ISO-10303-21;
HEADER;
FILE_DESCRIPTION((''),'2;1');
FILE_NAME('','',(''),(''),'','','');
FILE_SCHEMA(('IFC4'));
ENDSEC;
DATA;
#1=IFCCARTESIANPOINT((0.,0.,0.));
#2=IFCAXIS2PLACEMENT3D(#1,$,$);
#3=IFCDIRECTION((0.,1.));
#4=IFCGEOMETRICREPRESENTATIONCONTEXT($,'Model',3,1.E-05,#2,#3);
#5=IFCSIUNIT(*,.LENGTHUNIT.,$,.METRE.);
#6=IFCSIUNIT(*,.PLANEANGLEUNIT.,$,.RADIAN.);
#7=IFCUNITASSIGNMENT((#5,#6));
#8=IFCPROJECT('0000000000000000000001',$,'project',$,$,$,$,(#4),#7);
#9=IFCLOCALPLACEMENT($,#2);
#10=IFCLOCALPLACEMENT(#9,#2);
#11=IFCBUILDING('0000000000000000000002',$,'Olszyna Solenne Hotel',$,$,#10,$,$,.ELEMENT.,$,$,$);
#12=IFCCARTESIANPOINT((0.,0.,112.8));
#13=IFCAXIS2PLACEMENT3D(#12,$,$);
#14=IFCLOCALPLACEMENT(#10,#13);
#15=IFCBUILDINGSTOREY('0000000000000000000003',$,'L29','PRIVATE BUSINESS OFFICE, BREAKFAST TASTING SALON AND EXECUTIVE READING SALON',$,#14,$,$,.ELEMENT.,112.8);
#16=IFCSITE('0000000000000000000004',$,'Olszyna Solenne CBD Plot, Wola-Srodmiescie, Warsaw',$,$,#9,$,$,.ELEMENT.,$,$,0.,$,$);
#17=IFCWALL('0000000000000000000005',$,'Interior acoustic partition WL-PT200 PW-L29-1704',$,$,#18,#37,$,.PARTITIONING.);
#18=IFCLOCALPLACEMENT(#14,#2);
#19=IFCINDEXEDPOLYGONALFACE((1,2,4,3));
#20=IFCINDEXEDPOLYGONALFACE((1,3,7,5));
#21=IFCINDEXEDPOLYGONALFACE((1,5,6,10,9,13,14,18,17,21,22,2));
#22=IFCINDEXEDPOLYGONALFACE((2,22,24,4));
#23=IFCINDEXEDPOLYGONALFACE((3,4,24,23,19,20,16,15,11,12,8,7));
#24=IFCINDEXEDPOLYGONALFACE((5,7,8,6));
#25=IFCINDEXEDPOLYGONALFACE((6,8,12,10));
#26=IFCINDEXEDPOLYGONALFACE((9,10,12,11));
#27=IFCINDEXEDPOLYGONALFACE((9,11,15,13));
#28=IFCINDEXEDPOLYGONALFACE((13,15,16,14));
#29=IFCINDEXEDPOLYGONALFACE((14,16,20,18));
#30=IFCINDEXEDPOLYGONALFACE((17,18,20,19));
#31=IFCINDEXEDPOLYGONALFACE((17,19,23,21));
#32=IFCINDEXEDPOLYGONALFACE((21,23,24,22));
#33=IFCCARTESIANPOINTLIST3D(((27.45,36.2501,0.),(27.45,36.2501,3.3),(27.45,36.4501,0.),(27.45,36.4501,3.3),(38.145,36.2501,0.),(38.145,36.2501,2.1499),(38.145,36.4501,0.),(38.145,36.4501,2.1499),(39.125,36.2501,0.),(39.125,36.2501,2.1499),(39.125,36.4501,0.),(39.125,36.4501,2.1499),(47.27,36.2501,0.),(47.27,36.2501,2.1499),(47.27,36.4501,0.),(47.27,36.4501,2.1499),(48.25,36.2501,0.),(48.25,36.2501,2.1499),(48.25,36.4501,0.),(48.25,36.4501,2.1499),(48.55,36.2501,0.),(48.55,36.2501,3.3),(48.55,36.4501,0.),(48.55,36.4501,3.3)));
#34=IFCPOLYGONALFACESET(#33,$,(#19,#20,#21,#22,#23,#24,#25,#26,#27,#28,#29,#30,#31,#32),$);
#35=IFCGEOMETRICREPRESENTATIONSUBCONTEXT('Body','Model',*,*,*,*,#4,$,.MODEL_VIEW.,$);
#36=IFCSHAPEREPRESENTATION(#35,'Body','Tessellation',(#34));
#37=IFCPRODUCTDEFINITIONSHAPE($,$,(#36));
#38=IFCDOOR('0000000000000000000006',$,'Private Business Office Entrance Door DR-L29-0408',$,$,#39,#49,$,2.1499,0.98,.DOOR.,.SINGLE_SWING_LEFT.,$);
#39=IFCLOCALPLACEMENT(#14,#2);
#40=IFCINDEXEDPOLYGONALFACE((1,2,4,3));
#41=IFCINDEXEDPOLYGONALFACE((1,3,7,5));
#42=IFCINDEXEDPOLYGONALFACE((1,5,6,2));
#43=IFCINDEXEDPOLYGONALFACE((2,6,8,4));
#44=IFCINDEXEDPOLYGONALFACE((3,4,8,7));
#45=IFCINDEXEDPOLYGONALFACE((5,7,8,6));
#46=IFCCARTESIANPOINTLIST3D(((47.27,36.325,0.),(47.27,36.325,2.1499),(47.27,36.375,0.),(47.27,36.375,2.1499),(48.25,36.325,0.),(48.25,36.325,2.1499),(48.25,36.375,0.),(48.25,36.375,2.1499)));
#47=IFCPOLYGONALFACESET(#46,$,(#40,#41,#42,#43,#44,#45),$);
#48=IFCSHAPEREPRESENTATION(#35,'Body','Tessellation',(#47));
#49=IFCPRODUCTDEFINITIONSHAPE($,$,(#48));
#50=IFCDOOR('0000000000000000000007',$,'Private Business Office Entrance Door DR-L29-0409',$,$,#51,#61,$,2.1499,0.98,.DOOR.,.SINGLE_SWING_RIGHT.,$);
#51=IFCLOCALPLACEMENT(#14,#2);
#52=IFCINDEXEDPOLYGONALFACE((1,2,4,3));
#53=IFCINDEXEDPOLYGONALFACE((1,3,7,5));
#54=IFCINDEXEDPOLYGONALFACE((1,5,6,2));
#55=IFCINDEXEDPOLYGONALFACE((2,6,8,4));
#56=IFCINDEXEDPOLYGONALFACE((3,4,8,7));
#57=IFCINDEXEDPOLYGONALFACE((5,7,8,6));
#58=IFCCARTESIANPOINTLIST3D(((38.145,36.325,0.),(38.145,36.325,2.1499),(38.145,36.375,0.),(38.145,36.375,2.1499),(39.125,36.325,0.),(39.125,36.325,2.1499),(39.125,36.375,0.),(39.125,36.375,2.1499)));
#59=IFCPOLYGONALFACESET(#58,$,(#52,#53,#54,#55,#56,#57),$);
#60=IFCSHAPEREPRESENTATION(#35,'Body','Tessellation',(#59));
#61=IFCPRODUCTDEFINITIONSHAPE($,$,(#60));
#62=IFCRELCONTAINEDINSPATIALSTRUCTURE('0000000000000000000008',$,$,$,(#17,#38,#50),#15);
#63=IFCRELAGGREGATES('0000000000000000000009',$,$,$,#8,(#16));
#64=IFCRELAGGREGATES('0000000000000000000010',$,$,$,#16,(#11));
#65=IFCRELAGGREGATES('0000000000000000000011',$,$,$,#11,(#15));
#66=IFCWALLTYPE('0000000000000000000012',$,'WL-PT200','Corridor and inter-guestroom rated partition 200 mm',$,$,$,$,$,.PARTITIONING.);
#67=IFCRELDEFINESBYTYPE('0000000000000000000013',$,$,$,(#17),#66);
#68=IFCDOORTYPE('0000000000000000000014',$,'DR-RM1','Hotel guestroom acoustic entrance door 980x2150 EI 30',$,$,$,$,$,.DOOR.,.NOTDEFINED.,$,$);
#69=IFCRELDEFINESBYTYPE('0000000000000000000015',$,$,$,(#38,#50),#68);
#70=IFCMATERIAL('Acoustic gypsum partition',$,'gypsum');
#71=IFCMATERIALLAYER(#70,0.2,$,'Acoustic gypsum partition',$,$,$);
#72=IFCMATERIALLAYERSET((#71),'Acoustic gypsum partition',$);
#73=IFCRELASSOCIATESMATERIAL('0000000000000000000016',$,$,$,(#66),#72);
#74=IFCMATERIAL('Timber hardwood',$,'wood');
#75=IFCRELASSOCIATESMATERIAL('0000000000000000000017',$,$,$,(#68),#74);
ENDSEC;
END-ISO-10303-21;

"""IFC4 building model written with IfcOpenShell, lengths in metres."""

from ifc_helpers import new_model, si_unit, direction, frame, frame_2d, origin, place, context, subcontext, project, spatial, rectangle, extrude, source, transform, mapped, material, layer, layer_set, type_object, type_shapes, element, fill, save


model = new_model("IFC4")

# Units and contexts
model_context = context("Model", 3, precision=1e-05, world=origin(), true_north=direction((0.0, 1.0)))
body_context = subcontext(model_context, "Body", "Model", "MODEL_VIEW")
ifc_project = project(units=[si_unit("LENGTHUNIT", "METRE"), si_unit("PLANEANGLEUNIT", "RADIAN")], contexts=[model_context])

# Site, building, storey
site_placement = place(None, origin())
site = spatial("IfcSite", under=ifc_project, at=site_placement, Name="Olszyna Solenne CBD Plot, Wola-Srodmiescie, Warsaw", CompositionType="ELEMENT", RefElevation=0.0)
building_placement = place(site_placement, origin())
building = spatial("IfcBuilding", under=site, at=building_placement, Name="Olszyna Solenne Hotel", CompositionType="ELEMENT")
storey_placement = place(building_placement, frame((0.0, 0.0, 112.8)))
storey = spatial("IfcBuildingStorey", under=building, at=storey_placement, Name="L29", Description="PRIVATE BUSINESS OFFICE, BREAKFAST TASTING SALON AND EXECUTIVE READING SALON", CompositionType="ELEMENT", Elevation=112.8)

# Shared definitions
ifc_material_1 = material(Name="Acoustic gypsum partition", Category="gypsum")

# Wall, openings, doors
ifc_layer_1 = layer(ifc_material_1, 0.2, Name="Acoustic gypsum partition")
ifc_layer_set_1 = layer_set([ifc_layer_1], Name="Acoustic gypsum partition")
wall_type_1 = type_object("IfcWallType", Name="WL-PT200", Description="Corridor and inter-guestroom rated partition 200 mm", PredefinedType="PARTITIONING", material=ifc_layer_set_1)
wall_1_placement = place(storey_placement, frame((27.45, 36.3501, 0.0), z_axis=(0.0, 0.0, 1.0), x_axis=(1.0, 0.0, 0.0)))
wall_1 = element("IfcWall", 1, at=wall_1_placement, inside=storey, type_object=wall_type_1, Name="Interior acoustic partition WL-PT200 PW-L29-1704", PredefinedType="PARTITIONING", context=body_context, shape_type="SweptSolid", body=[
    extrude(rectangle(XDim=21.1001, YDim=0.2, at=frame_2d((10.55, 0.0))), origin(), (0.0, 0.0, 1.0), 3.3),
])
opening_1_placement = place(wall_1_placement, frame((19.8201, 0.0, 0.0)))
opening_1 = element("IfcOpeningElement", 2, at=opening_1_placement, cuts=wall_1, PredefinedType="OPENING", context=body_context, shape_type="SweptSolid", body=[
    extrude(rectangle(XDim=0.98, YDim=2.1499, at=frame_2d((0.49, 1.075))), frame((0.0, 0.1099, 0.0), z_axis=(0.0, -1.0, 0.0), x_axis=(1.0, 0.0, 0.0)), (0.0, 0.0, 1.0), 0.22),
])
opening_2_placement = place(wall_1_placement, frame((10.6951, 0.0, 0.0)))
opening_2 = element("IfcOpeningElement", 3, at=opening_2_placement, cuts=wall_1, PredefinedType="OPENING", context=body_context, shape_type="SweptSolid", body=[
    extrude(rectangle(XDim=0.98, YDim=2.1499, at=frame_2d((0.49, 1.075))), frame((0.0, 0.1099, 0.0), z_axis=(0.0, -1.0, 0.0), x_axis=(1.0, 0.0, 0.0)), (0.0, 0.0, 1.0), 0.22),
])
ifc_material_2 = material(Name="Timber hardwood", Category="wood")
door_type_1 = type_object("IfcDoorType", Name="DR-RM1", Description="Hotel guestroom acoustic entrance door 980x2150 EI 30", OperationType="NOTDEFINED", PredefinedType="DOOR", material=ifc_material_2)
shared_shape_1 = source(origin(), body_context, "Body", "SweptSolid", [
    extrude(rectangle(XDim=0.98, YDim=2.1499, at=frame_2d((0.49, 1.075))), frame((0.0, 0.0249, 0.0), z_axis=(0.0, -1.0, 0.0), x_axis=(1.0, 0.0, 0.0)), (0.0, 0.0, 1.0), 0.05),
])
type_shapes(door_type_1, [shared_shape_1])
door_1_placement = place(opening_1_placement, origin())
door_1 = element("IfcDoor", 4, at=door_1_placement, inside=storey, type_object=door_type_1, Name="Private Business Office Entrance Door DR-L29-0408", OperationType="SINGLE_SWING_LEFT", OverallHeight=2.1499, OverallWidth=0.98, PredefinedType="DOOR", context=body_context, shape_type="MappedRepresentation", body=[
    mapped(shared_shape_1, transform((0.0, 0.0, 0.0), x_axis=(1.0, 0.0, 0.0), y_axis=(0.0, 1.0, 0.0), z_axis=(0.0, 0.0, 1.0), scale=1.0)),
])
fill(opening_1, door_1)
door_2_placement = place(opening_2_placement, origin())
door_2 = element("IfcDoor", 5, at=door_2_placement, inside=storey, type_object=door_type_1, Name="Private Business Office Entrance Door DR-L29-0409", OperationType="SINGLE_SWING_RIGHT", OverallHeight=2.1499, OverallWidth=0.98, PredefinedType="DOOR", context=body_context, shape_type="MappedRepresentation", body=[
    mapped(shared_shape_1, transform((0.0, 0.0, 0.0), x_axis=(1.0, 0.0, 0.0), y_axis=(0.0, 1.0, 0.0), z_axis=(0.0, 0.0, 1.0), scale=1.0)),
])
fill(opening_2, door_2)

save(model, "model.ifc")
